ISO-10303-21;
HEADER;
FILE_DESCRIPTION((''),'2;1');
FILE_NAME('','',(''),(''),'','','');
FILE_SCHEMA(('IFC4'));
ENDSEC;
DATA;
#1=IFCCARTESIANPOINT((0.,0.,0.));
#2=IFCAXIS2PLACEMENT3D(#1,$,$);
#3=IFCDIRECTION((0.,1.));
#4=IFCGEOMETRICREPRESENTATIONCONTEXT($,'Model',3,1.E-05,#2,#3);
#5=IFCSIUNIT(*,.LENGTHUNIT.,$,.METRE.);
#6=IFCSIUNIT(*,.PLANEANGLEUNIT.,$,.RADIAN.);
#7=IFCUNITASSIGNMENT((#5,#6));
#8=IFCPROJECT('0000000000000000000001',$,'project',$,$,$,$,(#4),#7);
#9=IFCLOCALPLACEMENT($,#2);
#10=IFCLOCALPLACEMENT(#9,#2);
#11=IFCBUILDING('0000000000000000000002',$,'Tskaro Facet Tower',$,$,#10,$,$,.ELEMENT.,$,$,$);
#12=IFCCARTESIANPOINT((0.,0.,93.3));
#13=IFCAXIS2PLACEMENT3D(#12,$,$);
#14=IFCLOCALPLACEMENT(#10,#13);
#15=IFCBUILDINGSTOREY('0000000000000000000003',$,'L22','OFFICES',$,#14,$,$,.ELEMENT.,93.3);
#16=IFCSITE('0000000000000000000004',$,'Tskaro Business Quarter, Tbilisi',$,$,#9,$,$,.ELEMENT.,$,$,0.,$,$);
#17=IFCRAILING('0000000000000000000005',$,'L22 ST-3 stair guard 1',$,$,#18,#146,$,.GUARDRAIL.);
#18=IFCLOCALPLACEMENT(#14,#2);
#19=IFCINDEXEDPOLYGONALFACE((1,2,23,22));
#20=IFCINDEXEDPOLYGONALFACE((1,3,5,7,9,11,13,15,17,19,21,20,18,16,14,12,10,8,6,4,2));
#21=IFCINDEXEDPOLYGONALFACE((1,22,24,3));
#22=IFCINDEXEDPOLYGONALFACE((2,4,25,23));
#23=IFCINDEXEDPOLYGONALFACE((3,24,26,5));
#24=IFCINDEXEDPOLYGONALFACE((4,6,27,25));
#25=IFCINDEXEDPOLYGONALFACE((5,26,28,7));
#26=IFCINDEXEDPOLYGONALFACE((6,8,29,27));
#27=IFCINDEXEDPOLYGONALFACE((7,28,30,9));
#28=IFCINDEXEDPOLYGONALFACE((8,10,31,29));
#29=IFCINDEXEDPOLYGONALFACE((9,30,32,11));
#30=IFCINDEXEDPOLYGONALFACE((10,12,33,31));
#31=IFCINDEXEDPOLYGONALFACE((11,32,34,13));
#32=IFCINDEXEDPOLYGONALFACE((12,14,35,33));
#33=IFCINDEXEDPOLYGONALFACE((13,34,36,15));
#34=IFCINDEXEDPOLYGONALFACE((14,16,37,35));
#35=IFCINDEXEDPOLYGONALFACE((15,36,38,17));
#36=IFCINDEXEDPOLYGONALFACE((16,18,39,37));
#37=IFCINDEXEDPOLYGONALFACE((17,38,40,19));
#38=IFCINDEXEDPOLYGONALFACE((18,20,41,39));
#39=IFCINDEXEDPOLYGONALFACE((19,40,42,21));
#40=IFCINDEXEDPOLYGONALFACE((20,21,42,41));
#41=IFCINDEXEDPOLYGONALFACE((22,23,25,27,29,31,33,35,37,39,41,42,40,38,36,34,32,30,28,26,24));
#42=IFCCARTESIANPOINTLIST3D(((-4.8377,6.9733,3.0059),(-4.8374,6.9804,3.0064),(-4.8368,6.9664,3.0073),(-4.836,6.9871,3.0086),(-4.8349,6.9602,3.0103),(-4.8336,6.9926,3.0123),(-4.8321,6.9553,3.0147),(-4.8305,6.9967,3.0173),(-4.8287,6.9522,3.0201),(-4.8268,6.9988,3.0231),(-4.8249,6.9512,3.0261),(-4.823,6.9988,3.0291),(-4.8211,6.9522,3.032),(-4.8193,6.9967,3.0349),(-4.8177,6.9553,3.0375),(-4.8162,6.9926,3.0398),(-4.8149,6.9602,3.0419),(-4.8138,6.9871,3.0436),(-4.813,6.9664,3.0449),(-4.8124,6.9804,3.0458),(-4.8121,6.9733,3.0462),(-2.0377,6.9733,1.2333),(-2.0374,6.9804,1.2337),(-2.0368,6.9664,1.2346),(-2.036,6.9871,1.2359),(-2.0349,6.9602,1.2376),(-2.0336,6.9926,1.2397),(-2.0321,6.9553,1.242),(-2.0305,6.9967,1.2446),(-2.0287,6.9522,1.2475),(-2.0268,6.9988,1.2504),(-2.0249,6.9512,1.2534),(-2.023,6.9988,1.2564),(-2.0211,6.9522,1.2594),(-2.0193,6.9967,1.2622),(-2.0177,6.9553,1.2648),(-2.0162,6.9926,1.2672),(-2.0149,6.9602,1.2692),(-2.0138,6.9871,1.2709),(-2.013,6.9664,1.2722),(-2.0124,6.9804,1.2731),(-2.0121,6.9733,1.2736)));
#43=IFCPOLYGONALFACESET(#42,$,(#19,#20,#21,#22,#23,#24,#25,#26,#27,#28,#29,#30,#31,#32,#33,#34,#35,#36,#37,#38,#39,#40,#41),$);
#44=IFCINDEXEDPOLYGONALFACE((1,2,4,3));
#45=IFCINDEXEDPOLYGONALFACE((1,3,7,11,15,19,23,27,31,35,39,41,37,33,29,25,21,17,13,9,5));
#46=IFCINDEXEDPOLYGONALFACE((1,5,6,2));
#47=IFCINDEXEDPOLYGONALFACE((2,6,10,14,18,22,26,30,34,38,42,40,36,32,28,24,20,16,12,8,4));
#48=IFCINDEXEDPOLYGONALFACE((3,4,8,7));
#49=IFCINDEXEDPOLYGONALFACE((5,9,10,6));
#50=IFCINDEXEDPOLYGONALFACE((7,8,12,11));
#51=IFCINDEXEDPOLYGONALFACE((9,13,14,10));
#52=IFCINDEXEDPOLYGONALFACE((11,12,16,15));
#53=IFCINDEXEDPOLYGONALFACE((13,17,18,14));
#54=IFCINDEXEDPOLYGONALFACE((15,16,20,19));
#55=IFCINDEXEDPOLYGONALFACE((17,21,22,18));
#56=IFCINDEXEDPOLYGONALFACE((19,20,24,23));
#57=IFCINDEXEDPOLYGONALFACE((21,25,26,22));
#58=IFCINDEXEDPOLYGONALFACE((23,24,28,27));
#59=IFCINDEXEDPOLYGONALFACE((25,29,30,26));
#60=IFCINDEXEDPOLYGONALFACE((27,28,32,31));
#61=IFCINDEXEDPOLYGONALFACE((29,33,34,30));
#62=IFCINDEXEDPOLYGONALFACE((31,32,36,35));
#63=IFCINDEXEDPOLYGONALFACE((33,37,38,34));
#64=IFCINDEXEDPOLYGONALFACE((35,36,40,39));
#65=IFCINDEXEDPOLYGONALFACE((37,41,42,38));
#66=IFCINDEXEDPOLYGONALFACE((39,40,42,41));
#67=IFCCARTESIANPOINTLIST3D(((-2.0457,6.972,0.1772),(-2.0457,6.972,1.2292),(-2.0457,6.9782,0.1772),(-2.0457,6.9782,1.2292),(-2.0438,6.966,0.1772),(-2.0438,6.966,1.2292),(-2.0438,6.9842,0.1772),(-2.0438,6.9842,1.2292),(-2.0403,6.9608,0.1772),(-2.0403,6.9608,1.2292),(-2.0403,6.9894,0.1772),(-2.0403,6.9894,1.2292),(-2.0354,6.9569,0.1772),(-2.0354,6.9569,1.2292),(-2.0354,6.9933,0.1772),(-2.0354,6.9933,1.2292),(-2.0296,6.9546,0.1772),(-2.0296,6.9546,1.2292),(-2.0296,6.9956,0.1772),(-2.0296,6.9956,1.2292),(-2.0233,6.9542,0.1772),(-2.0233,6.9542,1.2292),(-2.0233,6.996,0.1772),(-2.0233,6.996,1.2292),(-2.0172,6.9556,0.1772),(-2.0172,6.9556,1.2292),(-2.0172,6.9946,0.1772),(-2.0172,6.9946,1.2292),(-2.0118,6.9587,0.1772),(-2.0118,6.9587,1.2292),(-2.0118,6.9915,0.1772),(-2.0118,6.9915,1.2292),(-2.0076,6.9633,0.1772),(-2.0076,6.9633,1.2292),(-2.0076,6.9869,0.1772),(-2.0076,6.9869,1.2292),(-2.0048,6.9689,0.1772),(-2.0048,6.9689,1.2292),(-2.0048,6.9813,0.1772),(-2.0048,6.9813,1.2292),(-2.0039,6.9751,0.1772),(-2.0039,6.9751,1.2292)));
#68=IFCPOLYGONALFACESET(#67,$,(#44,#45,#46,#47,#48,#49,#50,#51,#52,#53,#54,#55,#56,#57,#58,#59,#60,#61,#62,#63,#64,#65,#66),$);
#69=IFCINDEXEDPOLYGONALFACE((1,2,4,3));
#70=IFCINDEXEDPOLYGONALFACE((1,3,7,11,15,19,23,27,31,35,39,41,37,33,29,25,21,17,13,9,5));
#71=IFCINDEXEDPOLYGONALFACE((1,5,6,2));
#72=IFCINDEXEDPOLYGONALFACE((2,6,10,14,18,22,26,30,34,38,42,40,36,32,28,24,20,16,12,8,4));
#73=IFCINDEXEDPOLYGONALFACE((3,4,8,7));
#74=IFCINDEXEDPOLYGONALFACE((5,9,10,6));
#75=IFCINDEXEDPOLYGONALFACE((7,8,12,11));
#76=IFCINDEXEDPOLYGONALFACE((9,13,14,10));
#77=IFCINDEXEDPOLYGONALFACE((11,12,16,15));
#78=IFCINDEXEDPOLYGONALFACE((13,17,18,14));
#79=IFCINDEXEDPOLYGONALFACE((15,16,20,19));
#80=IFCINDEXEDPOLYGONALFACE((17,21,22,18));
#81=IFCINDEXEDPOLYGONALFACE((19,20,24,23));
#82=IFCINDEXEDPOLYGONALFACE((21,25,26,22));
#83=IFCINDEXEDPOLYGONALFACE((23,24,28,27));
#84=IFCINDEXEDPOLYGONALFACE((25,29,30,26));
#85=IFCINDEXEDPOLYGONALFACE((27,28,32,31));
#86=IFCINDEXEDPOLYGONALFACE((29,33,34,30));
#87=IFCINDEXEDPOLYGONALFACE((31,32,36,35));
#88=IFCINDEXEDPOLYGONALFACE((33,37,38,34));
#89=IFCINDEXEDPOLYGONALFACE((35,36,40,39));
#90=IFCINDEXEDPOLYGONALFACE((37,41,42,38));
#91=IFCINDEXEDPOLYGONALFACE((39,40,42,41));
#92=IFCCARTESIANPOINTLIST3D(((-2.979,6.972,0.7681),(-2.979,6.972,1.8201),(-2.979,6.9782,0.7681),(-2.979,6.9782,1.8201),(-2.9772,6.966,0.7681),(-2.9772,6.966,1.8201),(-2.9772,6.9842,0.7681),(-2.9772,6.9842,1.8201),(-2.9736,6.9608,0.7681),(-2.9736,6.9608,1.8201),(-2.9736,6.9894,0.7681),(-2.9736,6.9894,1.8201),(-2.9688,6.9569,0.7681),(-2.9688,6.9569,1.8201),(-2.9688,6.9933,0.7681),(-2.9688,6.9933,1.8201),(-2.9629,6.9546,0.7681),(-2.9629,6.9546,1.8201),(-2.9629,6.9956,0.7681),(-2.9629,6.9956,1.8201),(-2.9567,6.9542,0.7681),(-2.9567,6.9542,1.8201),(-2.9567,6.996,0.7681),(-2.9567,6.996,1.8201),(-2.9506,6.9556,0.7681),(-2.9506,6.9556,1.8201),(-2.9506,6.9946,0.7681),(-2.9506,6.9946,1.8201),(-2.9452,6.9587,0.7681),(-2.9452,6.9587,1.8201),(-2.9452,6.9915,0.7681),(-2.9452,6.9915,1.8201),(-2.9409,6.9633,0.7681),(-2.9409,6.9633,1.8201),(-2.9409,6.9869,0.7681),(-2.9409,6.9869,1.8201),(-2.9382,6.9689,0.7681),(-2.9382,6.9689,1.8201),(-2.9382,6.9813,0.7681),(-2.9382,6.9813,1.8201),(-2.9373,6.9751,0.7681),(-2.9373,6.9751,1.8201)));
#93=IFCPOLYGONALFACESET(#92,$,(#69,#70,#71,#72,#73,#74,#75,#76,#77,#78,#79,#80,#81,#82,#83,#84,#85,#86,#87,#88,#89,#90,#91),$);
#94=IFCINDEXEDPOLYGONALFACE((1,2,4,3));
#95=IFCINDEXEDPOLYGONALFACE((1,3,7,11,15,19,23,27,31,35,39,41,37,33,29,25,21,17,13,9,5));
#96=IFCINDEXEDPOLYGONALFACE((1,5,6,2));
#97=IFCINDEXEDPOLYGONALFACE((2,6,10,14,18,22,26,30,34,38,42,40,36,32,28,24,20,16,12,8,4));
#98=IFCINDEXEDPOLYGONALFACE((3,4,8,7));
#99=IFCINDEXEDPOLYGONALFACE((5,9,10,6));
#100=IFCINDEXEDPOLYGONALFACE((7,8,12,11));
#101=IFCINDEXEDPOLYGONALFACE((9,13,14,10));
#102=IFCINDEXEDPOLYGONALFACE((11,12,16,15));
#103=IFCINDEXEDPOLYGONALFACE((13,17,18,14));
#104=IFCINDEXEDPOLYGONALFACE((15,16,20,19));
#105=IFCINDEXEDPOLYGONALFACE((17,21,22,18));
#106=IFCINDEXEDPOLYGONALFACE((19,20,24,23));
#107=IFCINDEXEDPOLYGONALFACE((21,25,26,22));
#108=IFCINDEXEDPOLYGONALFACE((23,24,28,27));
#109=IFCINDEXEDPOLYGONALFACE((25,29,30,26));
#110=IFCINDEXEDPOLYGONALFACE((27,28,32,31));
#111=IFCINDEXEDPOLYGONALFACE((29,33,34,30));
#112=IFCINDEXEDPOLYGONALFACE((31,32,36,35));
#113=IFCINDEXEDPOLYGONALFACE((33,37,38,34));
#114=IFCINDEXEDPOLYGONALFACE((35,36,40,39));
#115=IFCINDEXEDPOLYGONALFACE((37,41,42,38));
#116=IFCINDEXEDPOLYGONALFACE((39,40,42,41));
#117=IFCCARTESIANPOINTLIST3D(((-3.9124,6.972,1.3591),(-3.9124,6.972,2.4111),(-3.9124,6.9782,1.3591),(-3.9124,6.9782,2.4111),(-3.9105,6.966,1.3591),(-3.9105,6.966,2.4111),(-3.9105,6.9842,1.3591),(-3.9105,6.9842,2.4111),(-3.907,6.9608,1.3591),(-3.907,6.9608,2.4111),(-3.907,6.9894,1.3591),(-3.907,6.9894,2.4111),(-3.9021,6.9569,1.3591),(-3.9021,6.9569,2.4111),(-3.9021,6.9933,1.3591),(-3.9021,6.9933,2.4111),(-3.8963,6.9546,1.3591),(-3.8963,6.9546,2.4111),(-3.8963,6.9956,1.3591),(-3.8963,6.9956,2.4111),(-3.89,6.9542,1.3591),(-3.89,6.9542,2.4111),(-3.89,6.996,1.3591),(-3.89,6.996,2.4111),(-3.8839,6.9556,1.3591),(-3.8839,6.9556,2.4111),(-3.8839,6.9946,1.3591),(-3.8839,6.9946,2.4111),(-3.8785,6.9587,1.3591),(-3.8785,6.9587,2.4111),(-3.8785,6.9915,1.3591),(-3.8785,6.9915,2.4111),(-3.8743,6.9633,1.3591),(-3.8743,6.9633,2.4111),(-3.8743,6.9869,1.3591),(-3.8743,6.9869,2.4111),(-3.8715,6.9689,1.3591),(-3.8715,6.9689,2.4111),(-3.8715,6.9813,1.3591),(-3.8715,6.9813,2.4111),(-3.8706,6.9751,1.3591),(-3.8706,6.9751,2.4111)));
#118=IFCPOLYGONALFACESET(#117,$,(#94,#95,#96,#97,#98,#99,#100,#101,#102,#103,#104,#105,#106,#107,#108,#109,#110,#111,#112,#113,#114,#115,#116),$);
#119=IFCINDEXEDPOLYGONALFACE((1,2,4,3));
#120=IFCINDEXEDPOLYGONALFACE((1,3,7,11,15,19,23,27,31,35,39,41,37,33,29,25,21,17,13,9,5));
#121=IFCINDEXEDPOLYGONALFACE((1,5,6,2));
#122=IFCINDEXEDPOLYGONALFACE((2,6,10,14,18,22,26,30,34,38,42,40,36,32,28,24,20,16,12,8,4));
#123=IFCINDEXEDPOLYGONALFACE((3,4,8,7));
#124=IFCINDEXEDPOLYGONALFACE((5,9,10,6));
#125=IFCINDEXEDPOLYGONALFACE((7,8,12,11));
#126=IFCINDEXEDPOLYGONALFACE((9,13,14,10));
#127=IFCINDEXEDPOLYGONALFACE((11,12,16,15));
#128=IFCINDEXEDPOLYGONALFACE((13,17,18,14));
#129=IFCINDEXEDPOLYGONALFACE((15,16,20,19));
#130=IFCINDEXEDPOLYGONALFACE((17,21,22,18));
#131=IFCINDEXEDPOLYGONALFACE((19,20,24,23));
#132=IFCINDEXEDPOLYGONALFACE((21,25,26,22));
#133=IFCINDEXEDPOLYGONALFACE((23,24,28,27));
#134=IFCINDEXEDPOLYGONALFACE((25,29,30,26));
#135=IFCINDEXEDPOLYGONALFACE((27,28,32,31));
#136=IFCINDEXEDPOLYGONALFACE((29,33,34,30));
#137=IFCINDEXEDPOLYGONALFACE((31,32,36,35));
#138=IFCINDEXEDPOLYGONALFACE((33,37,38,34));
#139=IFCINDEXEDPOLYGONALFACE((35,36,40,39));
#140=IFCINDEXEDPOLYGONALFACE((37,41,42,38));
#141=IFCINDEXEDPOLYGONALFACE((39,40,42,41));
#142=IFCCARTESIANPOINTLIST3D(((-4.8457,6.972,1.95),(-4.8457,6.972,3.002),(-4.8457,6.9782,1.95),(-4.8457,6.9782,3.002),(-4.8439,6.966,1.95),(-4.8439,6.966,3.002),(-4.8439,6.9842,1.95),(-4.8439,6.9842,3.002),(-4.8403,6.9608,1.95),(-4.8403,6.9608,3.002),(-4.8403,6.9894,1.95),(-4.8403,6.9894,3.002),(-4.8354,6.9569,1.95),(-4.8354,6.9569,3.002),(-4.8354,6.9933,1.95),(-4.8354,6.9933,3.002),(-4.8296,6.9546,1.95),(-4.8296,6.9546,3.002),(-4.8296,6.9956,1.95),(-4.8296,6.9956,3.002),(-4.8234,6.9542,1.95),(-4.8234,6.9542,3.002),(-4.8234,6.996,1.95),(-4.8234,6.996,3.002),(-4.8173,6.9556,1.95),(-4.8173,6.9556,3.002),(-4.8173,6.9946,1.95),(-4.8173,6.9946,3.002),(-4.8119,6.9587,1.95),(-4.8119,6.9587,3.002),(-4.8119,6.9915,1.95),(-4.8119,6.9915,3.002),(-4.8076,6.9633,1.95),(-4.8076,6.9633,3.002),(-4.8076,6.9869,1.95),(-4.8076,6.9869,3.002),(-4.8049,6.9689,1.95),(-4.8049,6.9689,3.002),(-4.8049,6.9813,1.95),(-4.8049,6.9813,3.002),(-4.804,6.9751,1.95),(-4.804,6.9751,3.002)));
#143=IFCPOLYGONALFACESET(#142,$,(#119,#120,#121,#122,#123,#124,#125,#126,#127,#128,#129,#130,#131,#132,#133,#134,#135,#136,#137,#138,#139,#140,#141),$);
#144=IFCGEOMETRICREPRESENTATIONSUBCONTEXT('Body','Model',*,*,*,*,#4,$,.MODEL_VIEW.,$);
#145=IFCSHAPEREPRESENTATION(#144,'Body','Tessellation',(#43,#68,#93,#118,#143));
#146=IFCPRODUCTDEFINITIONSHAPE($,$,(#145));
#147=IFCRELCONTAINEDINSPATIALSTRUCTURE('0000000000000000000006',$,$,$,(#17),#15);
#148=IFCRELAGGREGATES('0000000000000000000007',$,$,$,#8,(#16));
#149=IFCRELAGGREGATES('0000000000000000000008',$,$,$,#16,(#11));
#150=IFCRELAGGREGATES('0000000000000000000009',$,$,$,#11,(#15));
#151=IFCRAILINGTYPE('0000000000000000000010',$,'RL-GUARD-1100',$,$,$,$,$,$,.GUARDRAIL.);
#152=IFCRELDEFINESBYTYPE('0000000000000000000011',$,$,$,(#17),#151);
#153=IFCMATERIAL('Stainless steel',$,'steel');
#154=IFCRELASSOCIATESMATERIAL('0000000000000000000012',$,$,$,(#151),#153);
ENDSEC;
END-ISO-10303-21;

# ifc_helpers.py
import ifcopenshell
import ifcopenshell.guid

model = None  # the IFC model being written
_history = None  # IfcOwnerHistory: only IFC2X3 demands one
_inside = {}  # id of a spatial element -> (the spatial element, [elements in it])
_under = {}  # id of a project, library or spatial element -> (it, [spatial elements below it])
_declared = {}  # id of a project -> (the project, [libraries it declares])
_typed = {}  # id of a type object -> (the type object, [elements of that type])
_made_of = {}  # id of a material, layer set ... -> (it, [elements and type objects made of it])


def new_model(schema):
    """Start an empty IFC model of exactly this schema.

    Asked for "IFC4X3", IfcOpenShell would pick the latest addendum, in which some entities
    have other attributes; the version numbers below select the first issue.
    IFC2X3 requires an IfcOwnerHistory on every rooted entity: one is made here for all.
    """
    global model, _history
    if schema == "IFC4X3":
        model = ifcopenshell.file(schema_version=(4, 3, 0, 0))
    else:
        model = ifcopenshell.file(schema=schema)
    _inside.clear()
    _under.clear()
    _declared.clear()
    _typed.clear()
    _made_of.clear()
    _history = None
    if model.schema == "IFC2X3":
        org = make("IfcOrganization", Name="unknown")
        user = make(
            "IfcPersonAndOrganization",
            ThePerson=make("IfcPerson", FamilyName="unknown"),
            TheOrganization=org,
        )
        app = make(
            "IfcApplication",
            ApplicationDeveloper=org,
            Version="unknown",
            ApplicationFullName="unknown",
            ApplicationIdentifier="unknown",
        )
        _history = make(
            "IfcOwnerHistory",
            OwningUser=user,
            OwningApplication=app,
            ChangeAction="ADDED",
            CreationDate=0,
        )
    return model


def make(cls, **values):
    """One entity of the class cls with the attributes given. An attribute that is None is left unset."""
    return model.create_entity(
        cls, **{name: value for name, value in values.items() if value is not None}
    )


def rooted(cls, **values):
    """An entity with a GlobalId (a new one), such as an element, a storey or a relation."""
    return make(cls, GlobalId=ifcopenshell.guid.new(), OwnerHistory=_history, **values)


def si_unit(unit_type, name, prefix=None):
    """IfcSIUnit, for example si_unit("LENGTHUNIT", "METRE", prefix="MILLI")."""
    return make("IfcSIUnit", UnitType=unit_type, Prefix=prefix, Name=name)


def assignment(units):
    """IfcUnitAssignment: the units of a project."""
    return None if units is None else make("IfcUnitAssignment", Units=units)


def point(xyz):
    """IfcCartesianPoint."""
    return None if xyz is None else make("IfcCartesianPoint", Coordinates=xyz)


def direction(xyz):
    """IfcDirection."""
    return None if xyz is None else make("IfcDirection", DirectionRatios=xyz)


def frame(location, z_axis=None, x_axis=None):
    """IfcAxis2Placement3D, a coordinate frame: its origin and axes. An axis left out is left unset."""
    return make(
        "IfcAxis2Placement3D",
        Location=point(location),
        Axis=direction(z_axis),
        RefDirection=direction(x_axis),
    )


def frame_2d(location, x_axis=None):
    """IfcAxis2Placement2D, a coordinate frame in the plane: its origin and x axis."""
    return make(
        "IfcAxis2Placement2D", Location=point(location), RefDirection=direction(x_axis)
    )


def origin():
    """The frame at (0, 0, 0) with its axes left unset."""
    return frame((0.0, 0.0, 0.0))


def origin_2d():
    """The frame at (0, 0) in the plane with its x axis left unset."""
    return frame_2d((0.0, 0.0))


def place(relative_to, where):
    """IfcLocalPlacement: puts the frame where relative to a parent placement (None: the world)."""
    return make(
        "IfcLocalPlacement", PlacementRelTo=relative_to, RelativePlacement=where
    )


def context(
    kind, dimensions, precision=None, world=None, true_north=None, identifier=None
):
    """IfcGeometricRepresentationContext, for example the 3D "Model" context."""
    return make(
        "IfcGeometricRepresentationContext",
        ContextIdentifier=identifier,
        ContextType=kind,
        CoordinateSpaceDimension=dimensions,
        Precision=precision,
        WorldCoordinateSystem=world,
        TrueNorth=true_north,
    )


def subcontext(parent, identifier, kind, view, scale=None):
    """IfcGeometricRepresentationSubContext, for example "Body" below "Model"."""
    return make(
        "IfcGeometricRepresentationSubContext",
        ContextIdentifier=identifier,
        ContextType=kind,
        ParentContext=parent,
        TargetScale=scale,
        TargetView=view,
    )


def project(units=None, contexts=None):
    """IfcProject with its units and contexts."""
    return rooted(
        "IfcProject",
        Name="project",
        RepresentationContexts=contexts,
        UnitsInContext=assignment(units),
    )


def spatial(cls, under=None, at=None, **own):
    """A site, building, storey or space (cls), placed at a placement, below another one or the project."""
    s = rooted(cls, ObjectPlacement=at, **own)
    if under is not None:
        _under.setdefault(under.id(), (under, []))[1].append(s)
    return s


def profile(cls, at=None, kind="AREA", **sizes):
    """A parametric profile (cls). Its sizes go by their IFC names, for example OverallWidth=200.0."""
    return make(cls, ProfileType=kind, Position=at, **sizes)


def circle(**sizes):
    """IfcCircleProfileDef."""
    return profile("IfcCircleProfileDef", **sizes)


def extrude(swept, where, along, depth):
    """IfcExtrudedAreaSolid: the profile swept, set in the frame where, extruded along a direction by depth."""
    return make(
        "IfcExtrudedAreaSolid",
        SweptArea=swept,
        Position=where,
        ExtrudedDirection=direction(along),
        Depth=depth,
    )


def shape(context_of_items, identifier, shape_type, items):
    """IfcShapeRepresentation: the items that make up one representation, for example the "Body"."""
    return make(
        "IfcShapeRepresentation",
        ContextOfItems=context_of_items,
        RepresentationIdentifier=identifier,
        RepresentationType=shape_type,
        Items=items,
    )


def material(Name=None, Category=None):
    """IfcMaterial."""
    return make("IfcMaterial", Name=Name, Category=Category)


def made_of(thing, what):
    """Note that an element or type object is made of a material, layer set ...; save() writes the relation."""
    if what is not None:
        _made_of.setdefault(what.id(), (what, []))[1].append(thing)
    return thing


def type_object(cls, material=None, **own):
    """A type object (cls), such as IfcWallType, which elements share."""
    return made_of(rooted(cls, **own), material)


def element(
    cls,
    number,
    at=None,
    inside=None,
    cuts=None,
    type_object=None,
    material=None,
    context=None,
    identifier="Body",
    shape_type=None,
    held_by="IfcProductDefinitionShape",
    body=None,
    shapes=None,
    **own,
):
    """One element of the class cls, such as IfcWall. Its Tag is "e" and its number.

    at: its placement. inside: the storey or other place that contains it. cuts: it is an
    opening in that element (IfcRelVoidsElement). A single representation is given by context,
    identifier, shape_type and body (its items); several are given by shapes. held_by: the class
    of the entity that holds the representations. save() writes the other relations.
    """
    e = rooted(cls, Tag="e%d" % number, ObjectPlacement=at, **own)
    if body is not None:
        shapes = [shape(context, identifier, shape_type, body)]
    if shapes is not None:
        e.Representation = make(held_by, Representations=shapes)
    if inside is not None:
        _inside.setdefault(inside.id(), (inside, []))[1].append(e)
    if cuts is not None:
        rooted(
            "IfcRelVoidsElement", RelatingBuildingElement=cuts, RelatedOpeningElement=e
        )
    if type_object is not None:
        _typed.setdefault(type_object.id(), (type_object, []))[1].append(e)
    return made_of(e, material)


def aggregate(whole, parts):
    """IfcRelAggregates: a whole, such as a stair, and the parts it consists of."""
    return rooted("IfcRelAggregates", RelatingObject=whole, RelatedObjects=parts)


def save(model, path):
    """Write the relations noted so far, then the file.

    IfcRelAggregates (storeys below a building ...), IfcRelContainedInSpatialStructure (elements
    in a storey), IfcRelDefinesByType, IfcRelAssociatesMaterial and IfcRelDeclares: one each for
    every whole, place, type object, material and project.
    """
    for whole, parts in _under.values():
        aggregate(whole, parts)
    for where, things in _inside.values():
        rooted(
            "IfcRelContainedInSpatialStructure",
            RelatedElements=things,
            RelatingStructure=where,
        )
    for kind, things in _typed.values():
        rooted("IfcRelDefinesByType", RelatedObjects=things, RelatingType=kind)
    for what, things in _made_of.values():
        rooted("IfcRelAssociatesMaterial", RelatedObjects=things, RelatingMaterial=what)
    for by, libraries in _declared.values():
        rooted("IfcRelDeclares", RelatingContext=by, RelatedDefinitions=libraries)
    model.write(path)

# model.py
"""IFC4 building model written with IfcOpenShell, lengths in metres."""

from ifc_helpers import new_model, si_unit, direction, frame, origin, origin_2d, place, context, subcontext, project, spatial, circle, extrude, material, type_object, element, save


model = new_model("IFC4")

# Units and contexts
model_context = context("Model", 3, precision=1e-05, world=origin(), true_north=direction((0.0, 1.0)))
body_context = subcontext(model_context, "Body", "Model", "MODEL_VIEW")
ifc_project = project(units=[si_unit("LENGTHUNIT", "METRE"), si_unit("PLANEANGLEUNIT", "RADIAN")], contexts=[model_context])

# Site, building, storey
site_placement = place(None, origin())
site = spatial("IfcSite", under=ifc_project, at=site_placement, Name="Tskaro Business Quarter, Tbilisi", CompositionType="ELEMENT", RefElevation=0.0)
building_placement = place(site_placement, origin())
building = spatial("IfcBuilding", under=site, at=building_placement, Name="Tskaro Facet Tower", CompositionType="ELEMENT")
storey_placement = place(building_placement, frame((0.0, 0.0, 93.3)))
storey = spatial("IfcBuildingStorey", under=building, at=storey_placement, Name="L22", Description="OFFICES", CompositionType="ELEMENT", Elevation=93.3)

# Railing
ifc_material_1 = material(Name="Stainless steel", Category="steel")
railing_type_1 = type_object("IfcRailingType", Name="RL-GUARD-1100", PredefinedType="GUARDRAIL", material=ifc_material_1)
railing_1_placement = place(storey_placement, frame((-2.0249, 6.9751, 0.1772)))
element("IfcRailing", 1, at=railing_1_placement, inside=storey, type_object=railing_type_1, Name="L22 ST-3 stair guard 1", PredefinedType="GUARDRAIL", context=body_context, shape_type="SweptSolid", body=[
    extrude(circle(Radius=0.0239, at=origin_2d()), frame((0.0, 0.0, 1.0762), z_axis=(-0.844909, 0.0, 0.53491), x_axis=(0.0, -1.0, 0.0)), (0.0, 0.0, 1.0), 3.314),
    extrude(circle(Radius=0.021, at=origin_2d()), origin(), (0.0, 0.0, 1.0), 1.052),
    extrude(circle(Radius=0.021, at=origin_2d()), frame((-0.9333, 0.0, 0.5908)), (0.0, 0.0, 1.0), 1.052),
    extrude(circle(Radius=0.021, at=origin_2d()), frame((-1.8667, 0.0, 1.1819)), (0.0, 0.0, 1.0), 1.052),
    extrude(circle(Radius=0.021, at=origin_2d()), frame((-2.8, 0.0, 1.7727)), (0.0, 0.0, 1.0), 1.052),
])

save(model, "model.ifc")
